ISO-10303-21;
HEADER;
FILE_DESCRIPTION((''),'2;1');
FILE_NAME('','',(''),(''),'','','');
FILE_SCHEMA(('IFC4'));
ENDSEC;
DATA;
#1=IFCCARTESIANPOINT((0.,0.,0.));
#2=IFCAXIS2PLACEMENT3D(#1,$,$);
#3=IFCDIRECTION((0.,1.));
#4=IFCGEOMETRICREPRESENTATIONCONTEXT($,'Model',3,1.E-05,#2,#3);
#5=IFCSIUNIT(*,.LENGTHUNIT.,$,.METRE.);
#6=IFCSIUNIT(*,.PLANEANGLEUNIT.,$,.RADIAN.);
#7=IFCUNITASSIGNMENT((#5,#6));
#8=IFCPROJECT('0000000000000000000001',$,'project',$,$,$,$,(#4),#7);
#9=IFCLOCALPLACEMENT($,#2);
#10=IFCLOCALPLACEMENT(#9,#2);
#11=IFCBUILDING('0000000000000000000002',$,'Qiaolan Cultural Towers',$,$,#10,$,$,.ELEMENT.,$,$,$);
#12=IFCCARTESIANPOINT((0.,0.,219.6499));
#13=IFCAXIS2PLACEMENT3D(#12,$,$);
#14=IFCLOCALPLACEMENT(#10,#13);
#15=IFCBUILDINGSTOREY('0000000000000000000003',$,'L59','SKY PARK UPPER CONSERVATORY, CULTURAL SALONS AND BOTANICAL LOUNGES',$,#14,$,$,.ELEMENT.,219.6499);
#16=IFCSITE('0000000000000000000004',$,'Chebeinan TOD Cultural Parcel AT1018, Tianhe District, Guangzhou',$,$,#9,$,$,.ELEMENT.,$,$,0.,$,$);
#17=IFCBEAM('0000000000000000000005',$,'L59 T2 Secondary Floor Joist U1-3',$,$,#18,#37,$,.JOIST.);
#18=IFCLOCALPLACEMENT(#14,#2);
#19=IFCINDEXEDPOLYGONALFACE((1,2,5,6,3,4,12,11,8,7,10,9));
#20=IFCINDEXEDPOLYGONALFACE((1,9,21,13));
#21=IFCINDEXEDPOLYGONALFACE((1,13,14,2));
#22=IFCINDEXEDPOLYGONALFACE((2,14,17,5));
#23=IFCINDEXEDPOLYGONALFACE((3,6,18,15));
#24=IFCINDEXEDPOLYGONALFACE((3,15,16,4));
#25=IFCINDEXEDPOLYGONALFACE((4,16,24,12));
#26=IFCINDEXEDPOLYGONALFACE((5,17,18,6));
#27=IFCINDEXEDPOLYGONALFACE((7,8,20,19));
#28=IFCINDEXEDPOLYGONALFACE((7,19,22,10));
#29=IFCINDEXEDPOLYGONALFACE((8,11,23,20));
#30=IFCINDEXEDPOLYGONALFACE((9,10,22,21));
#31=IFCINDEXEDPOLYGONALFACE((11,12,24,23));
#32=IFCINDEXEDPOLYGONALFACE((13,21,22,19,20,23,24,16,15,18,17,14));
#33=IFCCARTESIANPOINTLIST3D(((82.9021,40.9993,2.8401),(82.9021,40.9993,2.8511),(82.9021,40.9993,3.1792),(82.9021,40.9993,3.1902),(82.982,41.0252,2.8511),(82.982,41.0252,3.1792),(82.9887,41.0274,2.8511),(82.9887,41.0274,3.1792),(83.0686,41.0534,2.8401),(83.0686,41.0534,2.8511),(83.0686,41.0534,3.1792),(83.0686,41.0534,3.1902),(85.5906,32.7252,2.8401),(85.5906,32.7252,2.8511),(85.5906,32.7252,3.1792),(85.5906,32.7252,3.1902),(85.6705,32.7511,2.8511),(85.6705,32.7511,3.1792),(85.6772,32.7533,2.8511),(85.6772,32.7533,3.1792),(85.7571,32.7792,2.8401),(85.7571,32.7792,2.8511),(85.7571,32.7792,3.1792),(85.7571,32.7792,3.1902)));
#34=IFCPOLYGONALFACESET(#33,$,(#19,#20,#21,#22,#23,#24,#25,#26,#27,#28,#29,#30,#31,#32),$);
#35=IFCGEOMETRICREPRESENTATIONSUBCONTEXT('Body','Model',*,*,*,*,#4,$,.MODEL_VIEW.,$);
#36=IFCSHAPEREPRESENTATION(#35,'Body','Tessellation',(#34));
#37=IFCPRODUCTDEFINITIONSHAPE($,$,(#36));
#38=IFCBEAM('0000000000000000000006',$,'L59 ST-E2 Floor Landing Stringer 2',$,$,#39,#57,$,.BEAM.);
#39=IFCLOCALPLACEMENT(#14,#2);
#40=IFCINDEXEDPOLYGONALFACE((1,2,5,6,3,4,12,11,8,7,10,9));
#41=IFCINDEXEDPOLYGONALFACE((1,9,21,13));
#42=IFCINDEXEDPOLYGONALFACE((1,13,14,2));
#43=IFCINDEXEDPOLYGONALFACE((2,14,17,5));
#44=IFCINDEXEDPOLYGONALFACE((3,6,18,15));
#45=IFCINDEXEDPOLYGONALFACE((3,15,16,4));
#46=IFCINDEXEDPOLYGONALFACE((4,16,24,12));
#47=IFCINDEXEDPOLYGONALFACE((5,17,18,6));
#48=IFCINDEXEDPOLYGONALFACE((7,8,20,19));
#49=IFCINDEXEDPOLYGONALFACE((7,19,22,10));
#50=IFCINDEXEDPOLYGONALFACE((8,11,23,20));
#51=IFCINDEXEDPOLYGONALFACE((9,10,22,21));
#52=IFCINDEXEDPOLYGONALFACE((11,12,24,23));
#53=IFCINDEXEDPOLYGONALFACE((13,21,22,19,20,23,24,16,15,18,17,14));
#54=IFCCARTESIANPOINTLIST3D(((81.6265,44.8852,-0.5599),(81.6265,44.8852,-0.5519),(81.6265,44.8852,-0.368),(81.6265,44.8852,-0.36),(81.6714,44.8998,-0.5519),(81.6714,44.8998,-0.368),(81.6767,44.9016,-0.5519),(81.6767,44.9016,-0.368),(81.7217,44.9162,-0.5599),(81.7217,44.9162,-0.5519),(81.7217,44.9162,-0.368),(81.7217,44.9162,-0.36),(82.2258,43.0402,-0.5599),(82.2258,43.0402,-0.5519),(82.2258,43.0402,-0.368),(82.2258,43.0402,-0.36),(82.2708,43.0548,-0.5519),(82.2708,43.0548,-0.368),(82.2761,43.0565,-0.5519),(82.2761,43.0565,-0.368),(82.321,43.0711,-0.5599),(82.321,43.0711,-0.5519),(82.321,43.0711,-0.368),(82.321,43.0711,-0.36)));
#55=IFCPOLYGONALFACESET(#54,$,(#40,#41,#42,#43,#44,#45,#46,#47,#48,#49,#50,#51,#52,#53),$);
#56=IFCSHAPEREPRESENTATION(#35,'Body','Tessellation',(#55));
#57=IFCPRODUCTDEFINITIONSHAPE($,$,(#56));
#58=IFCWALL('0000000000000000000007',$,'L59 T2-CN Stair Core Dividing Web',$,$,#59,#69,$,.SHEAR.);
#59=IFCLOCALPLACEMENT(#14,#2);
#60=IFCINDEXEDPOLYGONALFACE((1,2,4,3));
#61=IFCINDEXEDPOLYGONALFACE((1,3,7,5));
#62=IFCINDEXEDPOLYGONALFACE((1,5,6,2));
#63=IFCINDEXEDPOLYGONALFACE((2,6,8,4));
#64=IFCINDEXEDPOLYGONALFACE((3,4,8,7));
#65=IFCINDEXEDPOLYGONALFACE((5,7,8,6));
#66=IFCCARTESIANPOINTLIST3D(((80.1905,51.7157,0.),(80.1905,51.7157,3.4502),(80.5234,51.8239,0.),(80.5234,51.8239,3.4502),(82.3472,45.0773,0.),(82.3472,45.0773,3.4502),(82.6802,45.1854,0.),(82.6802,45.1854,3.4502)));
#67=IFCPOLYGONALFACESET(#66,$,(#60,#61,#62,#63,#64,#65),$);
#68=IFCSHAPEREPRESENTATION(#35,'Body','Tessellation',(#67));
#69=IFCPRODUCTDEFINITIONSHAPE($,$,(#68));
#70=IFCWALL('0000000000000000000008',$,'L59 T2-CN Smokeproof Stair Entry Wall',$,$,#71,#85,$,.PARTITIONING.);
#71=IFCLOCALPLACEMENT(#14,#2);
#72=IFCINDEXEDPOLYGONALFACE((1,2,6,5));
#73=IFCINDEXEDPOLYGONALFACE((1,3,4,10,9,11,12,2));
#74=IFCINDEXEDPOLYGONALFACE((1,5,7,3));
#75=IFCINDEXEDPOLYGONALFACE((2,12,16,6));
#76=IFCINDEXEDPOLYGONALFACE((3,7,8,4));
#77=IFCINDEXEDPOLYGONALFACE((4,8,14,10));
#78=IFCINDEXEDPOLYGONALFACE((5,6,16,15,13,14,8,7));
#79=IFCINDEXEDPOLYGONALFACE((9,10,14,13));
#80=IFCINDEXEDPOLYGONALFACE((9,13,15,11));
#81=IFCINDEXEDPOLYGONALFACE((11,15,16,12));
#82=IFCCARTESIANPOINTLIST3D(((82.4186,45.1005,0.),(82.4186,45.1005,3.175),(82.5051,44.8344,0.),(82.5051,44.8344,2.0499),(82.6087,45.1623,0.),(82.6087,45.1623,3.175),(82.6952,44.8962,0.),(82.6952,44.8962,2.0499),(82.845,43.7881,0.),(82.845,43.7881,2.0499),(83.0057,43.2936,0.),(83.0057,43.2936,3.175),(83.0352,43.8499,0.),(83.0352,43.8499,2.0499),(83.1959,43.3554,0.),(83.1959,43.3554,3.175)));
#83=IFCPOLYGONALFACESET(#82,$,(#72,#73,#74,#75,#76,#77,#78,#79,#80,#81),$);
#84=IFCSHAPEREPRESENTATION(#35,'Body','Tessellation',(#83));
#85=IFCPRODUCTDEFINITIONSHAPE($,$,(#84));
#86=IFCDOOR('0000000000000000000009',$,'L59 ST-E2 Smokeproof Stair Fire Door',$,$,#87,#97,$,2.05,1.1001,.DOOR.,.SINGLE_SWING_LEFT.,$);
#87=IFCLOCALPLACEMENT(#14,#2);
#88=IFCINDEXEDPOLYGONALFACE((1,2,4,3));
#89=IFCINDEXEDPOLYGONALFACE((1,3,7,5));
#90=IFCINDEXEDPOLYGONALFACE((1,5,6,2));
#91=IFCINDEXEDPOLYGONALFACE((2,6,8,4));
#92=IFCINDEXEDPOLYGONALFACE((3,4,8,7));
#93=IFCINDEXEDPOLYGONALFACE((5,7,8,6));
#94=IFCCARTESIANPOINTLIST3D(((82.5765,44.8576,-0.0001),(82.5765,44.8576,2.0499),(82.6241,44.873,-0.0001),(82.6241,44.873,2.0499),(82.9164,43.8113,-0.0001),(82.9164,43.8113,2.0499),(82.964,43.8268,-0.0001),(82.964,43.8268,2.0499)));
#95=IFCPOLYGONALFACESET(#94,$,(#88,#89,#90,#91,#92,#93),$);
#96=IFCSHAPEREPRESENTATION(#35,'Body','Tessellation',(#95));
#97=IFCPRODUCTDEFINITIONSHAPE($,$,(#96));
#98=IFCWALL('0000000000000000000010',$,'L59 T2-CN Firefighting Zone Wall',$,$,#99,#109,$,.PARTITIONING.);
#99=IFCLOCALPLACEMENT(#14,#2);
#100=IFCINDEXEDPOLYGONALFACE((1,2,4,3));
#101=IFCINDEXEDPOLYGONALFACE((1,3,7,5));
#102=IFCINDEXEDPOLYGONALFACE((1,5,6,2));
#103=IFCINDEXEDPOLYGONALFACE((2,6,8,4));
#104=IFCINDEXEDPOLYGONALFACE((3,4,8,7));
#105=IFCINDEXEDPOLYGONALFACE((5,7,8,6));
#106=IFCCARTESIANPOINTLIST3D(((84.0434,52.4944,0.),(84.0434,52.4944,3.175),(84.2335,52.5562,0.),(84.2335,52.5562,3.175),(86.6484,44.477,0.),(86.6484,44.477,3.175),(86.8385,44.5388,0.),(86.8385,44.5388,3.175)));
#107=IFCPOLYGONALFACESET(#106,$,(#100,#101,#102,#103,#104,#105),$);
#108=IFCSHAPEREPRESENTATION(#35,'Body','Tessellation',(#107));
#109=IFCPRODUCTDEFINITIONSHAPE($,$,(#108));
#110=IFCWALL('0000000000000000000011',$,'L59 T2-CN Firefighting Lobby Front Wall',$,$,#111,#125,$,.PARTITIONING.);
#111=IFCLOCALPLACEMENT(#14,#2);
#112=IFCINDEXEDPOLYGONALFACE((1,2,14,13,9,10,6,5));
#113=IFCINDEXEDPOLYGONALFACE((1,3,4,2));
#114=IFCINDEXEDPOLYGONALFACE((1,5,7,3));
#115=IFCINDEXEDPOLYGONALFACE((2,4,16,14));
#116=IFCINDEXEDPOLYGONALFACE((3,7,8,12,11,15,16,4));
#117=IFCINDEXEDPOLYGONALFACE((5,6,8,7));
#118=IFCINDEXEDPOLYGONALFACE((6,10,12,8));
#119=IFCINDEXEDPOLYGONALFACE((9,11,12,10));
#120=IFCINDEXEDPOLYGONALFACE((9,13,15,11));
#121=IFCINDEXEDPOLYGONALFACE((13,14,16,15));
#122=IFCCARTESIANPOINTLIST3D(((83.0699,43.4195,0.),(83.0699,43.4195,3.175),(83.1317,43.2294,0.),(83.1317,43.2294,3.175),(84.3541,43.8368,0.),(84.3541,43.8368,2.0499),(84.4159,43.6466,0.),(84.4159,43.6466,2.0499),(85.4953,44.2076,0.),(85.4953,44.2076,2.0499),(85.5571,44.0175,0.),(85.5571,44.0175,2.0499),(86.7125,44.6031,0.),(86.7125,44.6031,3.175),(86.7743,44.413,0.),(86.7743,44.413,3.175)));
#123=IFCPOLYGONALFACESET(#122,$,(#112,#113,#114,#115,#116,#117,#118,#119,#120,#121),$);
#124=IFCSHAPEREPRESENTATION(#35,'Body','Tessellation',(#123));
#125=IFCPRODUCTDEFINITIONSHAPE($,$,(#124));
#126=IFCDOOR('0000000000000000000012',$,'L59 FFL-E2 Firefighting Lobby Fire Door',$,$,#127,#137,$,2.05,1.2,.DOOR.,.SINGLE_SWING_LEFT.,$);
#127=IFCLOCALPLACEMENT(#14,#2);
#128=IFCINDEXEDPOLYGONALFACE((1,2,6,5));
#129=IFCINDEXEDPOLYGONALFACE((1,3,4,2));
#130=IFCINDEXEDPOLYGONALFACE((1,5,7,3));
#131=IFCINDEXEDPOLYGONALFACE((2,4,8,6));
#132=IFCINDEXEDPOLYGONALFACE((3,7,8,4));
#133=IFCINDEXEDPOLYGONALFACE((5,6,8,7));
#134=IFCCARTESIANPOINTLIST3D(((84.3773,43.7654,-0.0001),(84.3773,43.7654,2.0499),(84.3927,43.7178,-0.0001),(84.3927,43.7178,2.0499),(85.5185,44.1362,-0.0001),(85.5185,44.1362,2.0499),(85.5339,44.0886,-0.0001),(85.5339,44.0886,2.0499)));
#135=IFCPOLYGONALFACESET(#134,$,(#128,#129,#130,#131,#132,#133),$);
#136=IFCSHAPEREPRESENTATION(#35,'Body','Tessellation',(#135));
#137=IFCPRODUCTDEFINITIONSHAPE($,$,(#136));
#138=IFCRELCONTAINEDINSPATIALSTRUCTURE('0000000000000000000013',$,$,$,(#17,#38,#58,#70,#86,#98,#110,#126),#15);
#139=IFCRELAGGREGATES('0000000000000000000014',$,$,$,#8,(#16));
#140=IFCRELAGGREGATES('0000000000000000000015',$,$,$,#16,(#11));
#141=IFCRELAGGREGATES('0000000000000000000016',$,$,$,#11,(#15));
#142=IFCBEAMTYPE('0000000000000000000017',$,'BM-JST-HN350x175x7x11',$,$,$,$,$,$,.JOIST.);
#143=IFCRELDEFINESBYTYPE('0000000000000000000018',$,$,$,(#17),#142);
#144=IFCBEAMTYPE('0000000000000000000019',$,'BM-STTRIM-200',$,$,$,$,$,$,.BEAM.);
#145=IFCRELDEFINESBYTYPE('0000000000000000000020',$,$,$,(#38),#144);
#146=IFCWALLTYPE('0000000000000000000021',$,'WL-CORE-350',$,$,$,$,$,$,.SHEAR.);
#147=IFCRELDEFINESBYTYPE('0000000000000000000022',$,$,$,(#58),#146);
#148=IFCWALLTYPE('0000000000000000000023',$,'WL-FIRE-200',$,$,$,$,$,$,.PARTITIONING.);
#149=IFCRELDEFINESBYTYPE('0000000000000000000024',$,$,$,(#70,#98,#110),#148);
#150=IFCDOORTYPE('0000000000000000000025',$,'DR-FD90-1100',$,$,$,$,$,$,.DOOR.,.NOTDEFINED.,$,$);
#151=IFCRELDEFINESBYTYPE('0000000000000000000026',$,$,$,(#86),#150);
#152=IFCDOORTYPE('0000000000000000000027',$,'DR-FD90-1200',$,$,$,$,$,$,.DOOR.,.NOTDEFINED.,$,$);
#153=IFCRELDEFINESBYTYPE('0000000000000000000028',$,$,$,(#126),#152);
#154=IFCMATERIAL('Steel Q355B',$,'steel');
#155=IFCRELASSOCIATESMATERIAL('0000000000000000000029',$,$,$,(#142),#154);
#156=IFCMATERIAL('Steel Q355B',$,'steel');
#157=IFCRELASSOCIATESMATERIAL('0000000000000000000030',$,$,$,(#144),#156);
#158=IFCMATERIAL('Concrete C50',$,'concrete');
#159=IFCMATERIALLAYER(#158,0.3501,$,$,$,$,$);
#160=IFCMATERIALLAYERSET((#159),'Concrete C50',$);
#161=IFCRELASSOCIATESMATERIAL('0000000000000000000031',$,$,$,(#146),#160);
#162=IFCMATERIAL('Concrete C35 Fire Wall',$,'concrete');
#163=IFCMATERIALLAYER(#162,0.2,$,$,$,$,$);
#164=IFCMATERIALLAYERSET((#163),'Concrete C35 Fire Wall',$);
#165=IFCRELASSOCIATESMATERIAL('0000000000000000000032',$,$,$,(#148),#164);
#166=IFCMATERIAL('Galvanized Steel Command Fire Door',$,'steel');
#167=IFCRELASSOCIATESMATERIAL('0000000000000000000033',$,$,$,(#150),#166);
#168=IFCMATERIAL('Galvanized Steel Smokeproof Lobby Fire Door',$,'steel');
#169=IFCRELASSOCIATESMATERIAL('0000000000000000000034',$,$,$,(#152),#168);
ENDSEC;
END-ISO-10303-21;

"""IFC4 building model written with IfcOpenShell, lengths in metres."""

from ifc_helpers import new_model, si_unit, direction, frame, frame_2d, origin, origin_2d, place, context, subcontext, project, spatial, rectangle, i_section, extrude, material, layer, layer_set, material_profile, profile_set, type_object, element, fill, save


model = new_model("IFC4")

# Units and contexts
model_context = context("Model", 3, precision=1e-05, world=origin(), true_north=direction((0.0, 1.0)))
body_context = subcontext(model_context, "Body", "Model", "MODEL_VIEW")
ifc_project = project(units=[si_unit("LENGTHUNIT", "METRE"), si_unit("PLANEANGLEUNIT", "RADIAN")], contexts=[model_context])

# Site, building, storey
site_placement = place(None, origin())
site = spatial("IfcSite", under=ifc_project, at=site_placement, Name="Chebeinan TOD Cultural Parcel AT1018, Tianhe District, Guangzhou", CompositionType="ELEMENT", RefElevation=0.0)
building_placement = place(site_placement, origin())
building = spatial("IfcBuilding", under=site, at=building_placement, Name="Qiaolan Cultural Towers", CompositionType="ELEMENT")
storey_placement = place(building_placement, frame((0.0, 0.0, 219.6499)))
storey = spatial("IfcBuildingStorey", under=building, at=storey_placement, Name="L59", Description="SKY PARK UPPER CONSERVATORY, CULTURAL SALONS AND BOTANICAL LOUNGES", CompositionType="ELEMENT", Elevation=219.6499)

# Beams
ifc_material_1 = material(Name="Steel Q355B", Category="steel")
ifc_material_profile_1 = material_profile(ifc_material_1, i_section(OverallWidth=0.175, OverallDepth=0.3501, WebThickness=0.0071, FlangeThickness=0.011, at=origin_2d()), Name="HN350x175x7x11")
ifc_profile_set_1 = profile_set([ifc_material_profile_1], Name="Steel Q355B")
beam_type_1 = type_object("IfcBeamType", Name="BM-JST-HN350x175x7x11", PredefinedType="JOIST", material=ifc_profile_set_1)
beam_1_placement = place(storey_placement, frame((85.6738, 32.7522, 3.0151), z_axis=(-0.309021, 0.951055, 0.0), x_axis=(-0.951055, -0.309021, 0.0)))
element("IfcBeam", 1, at=beam_1_placement, inside=storey, type_object=beam_type_1, Name="L59 T2 Secondary Floor Joist U1-3", PredefinedType="JOIST", context=body_context, shape_type="SweptSolid", body=[
    extrude(i_section(OverallWidth=0.175, OverallDepth=0.3501, WebThickness=0.0071, FlangeThickness=0.011, at=origin_2d()), origin(), (0.0, 0.0, 1.0), 8.7),
])
ifc_material_2 = material(Name="Steel Q355B", Category="steel")
ifc_material_profile_2 = material_profile(ifc_material_2, i_section(OverallWidth=0.1001, OverallDepth=0.2, WebThickness=0.0056, FlangeThickness=0.0081, at=origin_2d()), Name="HN200x100x5.5x8")
ifc_profile_set_2 = profile_set([ifc_material_profile_2], Name="Steel Q355B")
beam_type_2 = type_object("IfcBeamType", Name="BM-STTRIM-200", PredefinedType="BEAM", material=ifc_profile_set_2)
beam_2_placement = place(storey_placement, frame((82.2734, 43.0557, -0.46), z_axis=(-0.308969, 0.951072, 0.0), x_axis=(-0.951072, -0.308969, 0.0)))
element("IfcBeam", 2, at=beam_2_placement, inside=storey, type_object=beam_type_2, Name="L59 ST-E2 Floor Landing Stringer 2", PredefinedType="BEAM", context=body_context, shape_type="SweptSolid", body=[
    extrude(i_section(OverallWidth=0.1001, OverallDepth=0.2, WebThickness=0.0056, FlangeThickness=0.0081, at=origin_2d()), origin(), (0.0, 0.0, 1.0), 1.9399),
])

# Wall
ifc_material_3 = material(Name="Concrete C50", Category="concrete")
ifc_layer_1 = layer(ifc_material_3, 0.3501)
ifc_layer_set_1 = layer_set([ifc_layer_1], Name="Concrete C50")
wall_type_1 = type_object("IfcWallType", Name="WL-CORE-350", PredefinedType="SHEAR", material=ifc_layer_set_1)
wall_1_placement = place(storey_placement, frame((82.5137, 45.1313, 0.0), z_axis=(0.0, 0.0, 1.0), x_axis=(-0.308989, 0.951066, 0.0)))
element("IfcWall", 3, at=wall_1_placement, inside=storey, type_object=wall_type_1, Name="L59 T2-CN Stair Core Dividing Web", PredefinedType="SHEAR", context=body_context, shape_type="SweptSolid", body=[
    extrude(rectangle(XDim=6.98, YDim=0.3501, at=frame_2d((3.49, 0.0))), origin(), (0.0, 0.0, 1.0), 3.4502),
])

# Wall, opening, door
ifc_material_4 = material(Name="Concrete C35 Fire Wall", Category="concrete")
ifc_layer_2 = layer(ifc_material_4, 0.2)
ifc_layer_set_2 = layer_set([ifc_layer_2], Name="Concrete C35 Fire Wall")
wall_type_2 = type_object("IfcWallType", Name="WL-FIRE-200", PredefinedType="PARTITIONING", material=ifc_layer_set_2)
wall_2_placement = place(storey_placement, frame((83.1008, 43.3245, 0.0), z_axis=(0.0, 0.0, 1.0), x_axis=(-0.309048, 0.951046, 0.0)))
wall_2 = element("IfcWall", 4, at=wall_2_placement, inside=storey, type_object=wall_type_2, Name="L59 T2-CN Smokeproof Stair Entry Wall", PredefinedType="PARTITIONING", context=body_context, shape_type="SweptSolid", body=[
    extrude(rectangle(XDim=1.8999, YDim=0.2, at=frame_2d((0.95, 0.0))), origin(), (0.0, 0.0, 1.0), 3.175),
])
opening_1_placement = place(wall_2_placement, frame((0.52, 0.0, 0.0)))
opening_1 = element("IfcOpeningElement", 5, at=opening_1_placement, cuts=wall_2, PredefinedType="OPENING", context=body_context, shape_type="SweptSolid", body=[
    extrude(rectangle(XDim=1.1001, YDim=2.05, at=frame_2d((0.55, 1.0249))), frame((0.0, 0.1099, 0.0), z_axis=(0.0, -1.0, 0.0), x_axis=(1.0, 0.0, 0.0)), (0.0, 0.0, 1.0), 0.22),
])
ifc_material_5 = material(Name="Galvanized Steel Command Fire Door", Category="steel")
door_type_1 = type_object("IfcDoorType", Name="DR-FD90-1100", OperationType="NOTDEFINED", PredefinedType="DOOR", material=ifc_material_5)
door_1_placement = place(opening_1_placement, origin())
door_1 = element("IfcDoor", 6, at=door_1_placement, inside=storey, type_object=door_type_1, Name="L59 ST-E2 Smokeproof Stair Fire Door", OperationType="SINGLE_SWING_LEFT", OverallHeight=2.05, OverallWidth=1.1001, PredefinedType="DOOR", context=body_context, shape_type="SweptSolid", body=[
    extrude(rectangle(XDim=1.1001, YDim=2.05, at=frame_2d((0.55, 1.0249))), frame((0.0, 0.0249, 0.0), z_axis=(0.0, -1.0, 0.0), x_axis=(1.0, 0.0, 0.0)), (0.0, 0.0, 1.0), 0.05),
])
fill(opening_1, door_1)

# Wall
wall_3_placement = place(storey_placement, frame((86.7434, 44.5081, 0.0), z_axis=(0.0, 0.0, 1.0), x_axis=(-0.309016, 0.951057, 0.0)))
element("IfcWall", 7, at=wall_3_placement, inside=storey, type_object=wall_type_2, Name="L59 T2-CN Firefighting Zone Wall", PredefinedType="PARTITIONING", context=body_context, shape_type="SweptSolid", body=[
    extrude(rectangle(XDim=8.4299, YDim=0.2, at=frame_2d((4.2148, 0.0))), origin(), (0.0, 0.0, 1.0), 3.175),
])

# Wall, opening, door
wall_4_placement = place(storey_placement, frame((83.1008, 43.3245, 0.0), z_axis=(0.0, 0.0, 1.0), x_axis=(0.951053, 0.309028, 0.0)))
wall_4 = element("IfcWall", 8, at=wall_4_placement, inside=storey, type_object=wall_type_2, Name="L59 T2-CN Firefighting Lobby Front Wall", PredefinedType="PARTITIONING", context=body_context, shape_type="SweptSolid", body=[
    extrude(rectangle(XDim=3.8301, YDim=0.2, at=frame_2d((1.915, 0.0))), origin(), (0.0, 0.0, 1.0), 3.175),
])
opening_2_placement = place(wall_4_placement, frame((1.3501, 0.0, 0.0)))
opening_2 = element("IfcOpeningElement", 9, at=opening_2_placement, cuts=wall_4, PredefinedType="OPENING", context=body_context, shape_type="SweptSolid", body=[
    extrude(rectangle(XDim=1.2, YDim=2.05, at=frame_2d((0.6001, 1.0249))), frame((0.0, 0.1099, 0.0), z_axis=(0.0, -1.0, 0.0), x_axis=(1.0, 0.0, 0.0)), (0.0, 0.0, 1.0), 0.22),
])
ifc_material_6 = material(Name="Galvanized Steel Smokeproof Lobby Fire Door", Category="steel")
door_type_2 = type_object("IfcDoorType", Name="DR-FD90-1200", OperationType="NOTDEFINED", PredefinedType="DOOR", material=ifc_material_6)
door_2_placement = place(opening_2_placement, origin())
door_2 = element("IfcDoor", 10, at=door_2_placement, inside=storey, type_object=door_type_2, Name="L59 FFL-E2 Firefighting Lobby Fire Door", OperationType="SINGLE_SWING_LEFT", OverallHeight=2.05, OverallWidth=1.2, PredefinedType="DOOR", context=body_context, shape_type="SweptSolid", body=[
    extrude(rectangle(XDim=1.2, YDim=2.05, at=frame_2d((0.6001, 1.0249))), frame((0.0, 0.0249, 0.0), z_axis=(0.0, -1.0, 0.0), x_axis=(1.0, 0.0, 0.0)), (0.0, 0.0, 1.0), 0.05),
])
fill(opening_2, door_2)

save(model, "model.ifc")
